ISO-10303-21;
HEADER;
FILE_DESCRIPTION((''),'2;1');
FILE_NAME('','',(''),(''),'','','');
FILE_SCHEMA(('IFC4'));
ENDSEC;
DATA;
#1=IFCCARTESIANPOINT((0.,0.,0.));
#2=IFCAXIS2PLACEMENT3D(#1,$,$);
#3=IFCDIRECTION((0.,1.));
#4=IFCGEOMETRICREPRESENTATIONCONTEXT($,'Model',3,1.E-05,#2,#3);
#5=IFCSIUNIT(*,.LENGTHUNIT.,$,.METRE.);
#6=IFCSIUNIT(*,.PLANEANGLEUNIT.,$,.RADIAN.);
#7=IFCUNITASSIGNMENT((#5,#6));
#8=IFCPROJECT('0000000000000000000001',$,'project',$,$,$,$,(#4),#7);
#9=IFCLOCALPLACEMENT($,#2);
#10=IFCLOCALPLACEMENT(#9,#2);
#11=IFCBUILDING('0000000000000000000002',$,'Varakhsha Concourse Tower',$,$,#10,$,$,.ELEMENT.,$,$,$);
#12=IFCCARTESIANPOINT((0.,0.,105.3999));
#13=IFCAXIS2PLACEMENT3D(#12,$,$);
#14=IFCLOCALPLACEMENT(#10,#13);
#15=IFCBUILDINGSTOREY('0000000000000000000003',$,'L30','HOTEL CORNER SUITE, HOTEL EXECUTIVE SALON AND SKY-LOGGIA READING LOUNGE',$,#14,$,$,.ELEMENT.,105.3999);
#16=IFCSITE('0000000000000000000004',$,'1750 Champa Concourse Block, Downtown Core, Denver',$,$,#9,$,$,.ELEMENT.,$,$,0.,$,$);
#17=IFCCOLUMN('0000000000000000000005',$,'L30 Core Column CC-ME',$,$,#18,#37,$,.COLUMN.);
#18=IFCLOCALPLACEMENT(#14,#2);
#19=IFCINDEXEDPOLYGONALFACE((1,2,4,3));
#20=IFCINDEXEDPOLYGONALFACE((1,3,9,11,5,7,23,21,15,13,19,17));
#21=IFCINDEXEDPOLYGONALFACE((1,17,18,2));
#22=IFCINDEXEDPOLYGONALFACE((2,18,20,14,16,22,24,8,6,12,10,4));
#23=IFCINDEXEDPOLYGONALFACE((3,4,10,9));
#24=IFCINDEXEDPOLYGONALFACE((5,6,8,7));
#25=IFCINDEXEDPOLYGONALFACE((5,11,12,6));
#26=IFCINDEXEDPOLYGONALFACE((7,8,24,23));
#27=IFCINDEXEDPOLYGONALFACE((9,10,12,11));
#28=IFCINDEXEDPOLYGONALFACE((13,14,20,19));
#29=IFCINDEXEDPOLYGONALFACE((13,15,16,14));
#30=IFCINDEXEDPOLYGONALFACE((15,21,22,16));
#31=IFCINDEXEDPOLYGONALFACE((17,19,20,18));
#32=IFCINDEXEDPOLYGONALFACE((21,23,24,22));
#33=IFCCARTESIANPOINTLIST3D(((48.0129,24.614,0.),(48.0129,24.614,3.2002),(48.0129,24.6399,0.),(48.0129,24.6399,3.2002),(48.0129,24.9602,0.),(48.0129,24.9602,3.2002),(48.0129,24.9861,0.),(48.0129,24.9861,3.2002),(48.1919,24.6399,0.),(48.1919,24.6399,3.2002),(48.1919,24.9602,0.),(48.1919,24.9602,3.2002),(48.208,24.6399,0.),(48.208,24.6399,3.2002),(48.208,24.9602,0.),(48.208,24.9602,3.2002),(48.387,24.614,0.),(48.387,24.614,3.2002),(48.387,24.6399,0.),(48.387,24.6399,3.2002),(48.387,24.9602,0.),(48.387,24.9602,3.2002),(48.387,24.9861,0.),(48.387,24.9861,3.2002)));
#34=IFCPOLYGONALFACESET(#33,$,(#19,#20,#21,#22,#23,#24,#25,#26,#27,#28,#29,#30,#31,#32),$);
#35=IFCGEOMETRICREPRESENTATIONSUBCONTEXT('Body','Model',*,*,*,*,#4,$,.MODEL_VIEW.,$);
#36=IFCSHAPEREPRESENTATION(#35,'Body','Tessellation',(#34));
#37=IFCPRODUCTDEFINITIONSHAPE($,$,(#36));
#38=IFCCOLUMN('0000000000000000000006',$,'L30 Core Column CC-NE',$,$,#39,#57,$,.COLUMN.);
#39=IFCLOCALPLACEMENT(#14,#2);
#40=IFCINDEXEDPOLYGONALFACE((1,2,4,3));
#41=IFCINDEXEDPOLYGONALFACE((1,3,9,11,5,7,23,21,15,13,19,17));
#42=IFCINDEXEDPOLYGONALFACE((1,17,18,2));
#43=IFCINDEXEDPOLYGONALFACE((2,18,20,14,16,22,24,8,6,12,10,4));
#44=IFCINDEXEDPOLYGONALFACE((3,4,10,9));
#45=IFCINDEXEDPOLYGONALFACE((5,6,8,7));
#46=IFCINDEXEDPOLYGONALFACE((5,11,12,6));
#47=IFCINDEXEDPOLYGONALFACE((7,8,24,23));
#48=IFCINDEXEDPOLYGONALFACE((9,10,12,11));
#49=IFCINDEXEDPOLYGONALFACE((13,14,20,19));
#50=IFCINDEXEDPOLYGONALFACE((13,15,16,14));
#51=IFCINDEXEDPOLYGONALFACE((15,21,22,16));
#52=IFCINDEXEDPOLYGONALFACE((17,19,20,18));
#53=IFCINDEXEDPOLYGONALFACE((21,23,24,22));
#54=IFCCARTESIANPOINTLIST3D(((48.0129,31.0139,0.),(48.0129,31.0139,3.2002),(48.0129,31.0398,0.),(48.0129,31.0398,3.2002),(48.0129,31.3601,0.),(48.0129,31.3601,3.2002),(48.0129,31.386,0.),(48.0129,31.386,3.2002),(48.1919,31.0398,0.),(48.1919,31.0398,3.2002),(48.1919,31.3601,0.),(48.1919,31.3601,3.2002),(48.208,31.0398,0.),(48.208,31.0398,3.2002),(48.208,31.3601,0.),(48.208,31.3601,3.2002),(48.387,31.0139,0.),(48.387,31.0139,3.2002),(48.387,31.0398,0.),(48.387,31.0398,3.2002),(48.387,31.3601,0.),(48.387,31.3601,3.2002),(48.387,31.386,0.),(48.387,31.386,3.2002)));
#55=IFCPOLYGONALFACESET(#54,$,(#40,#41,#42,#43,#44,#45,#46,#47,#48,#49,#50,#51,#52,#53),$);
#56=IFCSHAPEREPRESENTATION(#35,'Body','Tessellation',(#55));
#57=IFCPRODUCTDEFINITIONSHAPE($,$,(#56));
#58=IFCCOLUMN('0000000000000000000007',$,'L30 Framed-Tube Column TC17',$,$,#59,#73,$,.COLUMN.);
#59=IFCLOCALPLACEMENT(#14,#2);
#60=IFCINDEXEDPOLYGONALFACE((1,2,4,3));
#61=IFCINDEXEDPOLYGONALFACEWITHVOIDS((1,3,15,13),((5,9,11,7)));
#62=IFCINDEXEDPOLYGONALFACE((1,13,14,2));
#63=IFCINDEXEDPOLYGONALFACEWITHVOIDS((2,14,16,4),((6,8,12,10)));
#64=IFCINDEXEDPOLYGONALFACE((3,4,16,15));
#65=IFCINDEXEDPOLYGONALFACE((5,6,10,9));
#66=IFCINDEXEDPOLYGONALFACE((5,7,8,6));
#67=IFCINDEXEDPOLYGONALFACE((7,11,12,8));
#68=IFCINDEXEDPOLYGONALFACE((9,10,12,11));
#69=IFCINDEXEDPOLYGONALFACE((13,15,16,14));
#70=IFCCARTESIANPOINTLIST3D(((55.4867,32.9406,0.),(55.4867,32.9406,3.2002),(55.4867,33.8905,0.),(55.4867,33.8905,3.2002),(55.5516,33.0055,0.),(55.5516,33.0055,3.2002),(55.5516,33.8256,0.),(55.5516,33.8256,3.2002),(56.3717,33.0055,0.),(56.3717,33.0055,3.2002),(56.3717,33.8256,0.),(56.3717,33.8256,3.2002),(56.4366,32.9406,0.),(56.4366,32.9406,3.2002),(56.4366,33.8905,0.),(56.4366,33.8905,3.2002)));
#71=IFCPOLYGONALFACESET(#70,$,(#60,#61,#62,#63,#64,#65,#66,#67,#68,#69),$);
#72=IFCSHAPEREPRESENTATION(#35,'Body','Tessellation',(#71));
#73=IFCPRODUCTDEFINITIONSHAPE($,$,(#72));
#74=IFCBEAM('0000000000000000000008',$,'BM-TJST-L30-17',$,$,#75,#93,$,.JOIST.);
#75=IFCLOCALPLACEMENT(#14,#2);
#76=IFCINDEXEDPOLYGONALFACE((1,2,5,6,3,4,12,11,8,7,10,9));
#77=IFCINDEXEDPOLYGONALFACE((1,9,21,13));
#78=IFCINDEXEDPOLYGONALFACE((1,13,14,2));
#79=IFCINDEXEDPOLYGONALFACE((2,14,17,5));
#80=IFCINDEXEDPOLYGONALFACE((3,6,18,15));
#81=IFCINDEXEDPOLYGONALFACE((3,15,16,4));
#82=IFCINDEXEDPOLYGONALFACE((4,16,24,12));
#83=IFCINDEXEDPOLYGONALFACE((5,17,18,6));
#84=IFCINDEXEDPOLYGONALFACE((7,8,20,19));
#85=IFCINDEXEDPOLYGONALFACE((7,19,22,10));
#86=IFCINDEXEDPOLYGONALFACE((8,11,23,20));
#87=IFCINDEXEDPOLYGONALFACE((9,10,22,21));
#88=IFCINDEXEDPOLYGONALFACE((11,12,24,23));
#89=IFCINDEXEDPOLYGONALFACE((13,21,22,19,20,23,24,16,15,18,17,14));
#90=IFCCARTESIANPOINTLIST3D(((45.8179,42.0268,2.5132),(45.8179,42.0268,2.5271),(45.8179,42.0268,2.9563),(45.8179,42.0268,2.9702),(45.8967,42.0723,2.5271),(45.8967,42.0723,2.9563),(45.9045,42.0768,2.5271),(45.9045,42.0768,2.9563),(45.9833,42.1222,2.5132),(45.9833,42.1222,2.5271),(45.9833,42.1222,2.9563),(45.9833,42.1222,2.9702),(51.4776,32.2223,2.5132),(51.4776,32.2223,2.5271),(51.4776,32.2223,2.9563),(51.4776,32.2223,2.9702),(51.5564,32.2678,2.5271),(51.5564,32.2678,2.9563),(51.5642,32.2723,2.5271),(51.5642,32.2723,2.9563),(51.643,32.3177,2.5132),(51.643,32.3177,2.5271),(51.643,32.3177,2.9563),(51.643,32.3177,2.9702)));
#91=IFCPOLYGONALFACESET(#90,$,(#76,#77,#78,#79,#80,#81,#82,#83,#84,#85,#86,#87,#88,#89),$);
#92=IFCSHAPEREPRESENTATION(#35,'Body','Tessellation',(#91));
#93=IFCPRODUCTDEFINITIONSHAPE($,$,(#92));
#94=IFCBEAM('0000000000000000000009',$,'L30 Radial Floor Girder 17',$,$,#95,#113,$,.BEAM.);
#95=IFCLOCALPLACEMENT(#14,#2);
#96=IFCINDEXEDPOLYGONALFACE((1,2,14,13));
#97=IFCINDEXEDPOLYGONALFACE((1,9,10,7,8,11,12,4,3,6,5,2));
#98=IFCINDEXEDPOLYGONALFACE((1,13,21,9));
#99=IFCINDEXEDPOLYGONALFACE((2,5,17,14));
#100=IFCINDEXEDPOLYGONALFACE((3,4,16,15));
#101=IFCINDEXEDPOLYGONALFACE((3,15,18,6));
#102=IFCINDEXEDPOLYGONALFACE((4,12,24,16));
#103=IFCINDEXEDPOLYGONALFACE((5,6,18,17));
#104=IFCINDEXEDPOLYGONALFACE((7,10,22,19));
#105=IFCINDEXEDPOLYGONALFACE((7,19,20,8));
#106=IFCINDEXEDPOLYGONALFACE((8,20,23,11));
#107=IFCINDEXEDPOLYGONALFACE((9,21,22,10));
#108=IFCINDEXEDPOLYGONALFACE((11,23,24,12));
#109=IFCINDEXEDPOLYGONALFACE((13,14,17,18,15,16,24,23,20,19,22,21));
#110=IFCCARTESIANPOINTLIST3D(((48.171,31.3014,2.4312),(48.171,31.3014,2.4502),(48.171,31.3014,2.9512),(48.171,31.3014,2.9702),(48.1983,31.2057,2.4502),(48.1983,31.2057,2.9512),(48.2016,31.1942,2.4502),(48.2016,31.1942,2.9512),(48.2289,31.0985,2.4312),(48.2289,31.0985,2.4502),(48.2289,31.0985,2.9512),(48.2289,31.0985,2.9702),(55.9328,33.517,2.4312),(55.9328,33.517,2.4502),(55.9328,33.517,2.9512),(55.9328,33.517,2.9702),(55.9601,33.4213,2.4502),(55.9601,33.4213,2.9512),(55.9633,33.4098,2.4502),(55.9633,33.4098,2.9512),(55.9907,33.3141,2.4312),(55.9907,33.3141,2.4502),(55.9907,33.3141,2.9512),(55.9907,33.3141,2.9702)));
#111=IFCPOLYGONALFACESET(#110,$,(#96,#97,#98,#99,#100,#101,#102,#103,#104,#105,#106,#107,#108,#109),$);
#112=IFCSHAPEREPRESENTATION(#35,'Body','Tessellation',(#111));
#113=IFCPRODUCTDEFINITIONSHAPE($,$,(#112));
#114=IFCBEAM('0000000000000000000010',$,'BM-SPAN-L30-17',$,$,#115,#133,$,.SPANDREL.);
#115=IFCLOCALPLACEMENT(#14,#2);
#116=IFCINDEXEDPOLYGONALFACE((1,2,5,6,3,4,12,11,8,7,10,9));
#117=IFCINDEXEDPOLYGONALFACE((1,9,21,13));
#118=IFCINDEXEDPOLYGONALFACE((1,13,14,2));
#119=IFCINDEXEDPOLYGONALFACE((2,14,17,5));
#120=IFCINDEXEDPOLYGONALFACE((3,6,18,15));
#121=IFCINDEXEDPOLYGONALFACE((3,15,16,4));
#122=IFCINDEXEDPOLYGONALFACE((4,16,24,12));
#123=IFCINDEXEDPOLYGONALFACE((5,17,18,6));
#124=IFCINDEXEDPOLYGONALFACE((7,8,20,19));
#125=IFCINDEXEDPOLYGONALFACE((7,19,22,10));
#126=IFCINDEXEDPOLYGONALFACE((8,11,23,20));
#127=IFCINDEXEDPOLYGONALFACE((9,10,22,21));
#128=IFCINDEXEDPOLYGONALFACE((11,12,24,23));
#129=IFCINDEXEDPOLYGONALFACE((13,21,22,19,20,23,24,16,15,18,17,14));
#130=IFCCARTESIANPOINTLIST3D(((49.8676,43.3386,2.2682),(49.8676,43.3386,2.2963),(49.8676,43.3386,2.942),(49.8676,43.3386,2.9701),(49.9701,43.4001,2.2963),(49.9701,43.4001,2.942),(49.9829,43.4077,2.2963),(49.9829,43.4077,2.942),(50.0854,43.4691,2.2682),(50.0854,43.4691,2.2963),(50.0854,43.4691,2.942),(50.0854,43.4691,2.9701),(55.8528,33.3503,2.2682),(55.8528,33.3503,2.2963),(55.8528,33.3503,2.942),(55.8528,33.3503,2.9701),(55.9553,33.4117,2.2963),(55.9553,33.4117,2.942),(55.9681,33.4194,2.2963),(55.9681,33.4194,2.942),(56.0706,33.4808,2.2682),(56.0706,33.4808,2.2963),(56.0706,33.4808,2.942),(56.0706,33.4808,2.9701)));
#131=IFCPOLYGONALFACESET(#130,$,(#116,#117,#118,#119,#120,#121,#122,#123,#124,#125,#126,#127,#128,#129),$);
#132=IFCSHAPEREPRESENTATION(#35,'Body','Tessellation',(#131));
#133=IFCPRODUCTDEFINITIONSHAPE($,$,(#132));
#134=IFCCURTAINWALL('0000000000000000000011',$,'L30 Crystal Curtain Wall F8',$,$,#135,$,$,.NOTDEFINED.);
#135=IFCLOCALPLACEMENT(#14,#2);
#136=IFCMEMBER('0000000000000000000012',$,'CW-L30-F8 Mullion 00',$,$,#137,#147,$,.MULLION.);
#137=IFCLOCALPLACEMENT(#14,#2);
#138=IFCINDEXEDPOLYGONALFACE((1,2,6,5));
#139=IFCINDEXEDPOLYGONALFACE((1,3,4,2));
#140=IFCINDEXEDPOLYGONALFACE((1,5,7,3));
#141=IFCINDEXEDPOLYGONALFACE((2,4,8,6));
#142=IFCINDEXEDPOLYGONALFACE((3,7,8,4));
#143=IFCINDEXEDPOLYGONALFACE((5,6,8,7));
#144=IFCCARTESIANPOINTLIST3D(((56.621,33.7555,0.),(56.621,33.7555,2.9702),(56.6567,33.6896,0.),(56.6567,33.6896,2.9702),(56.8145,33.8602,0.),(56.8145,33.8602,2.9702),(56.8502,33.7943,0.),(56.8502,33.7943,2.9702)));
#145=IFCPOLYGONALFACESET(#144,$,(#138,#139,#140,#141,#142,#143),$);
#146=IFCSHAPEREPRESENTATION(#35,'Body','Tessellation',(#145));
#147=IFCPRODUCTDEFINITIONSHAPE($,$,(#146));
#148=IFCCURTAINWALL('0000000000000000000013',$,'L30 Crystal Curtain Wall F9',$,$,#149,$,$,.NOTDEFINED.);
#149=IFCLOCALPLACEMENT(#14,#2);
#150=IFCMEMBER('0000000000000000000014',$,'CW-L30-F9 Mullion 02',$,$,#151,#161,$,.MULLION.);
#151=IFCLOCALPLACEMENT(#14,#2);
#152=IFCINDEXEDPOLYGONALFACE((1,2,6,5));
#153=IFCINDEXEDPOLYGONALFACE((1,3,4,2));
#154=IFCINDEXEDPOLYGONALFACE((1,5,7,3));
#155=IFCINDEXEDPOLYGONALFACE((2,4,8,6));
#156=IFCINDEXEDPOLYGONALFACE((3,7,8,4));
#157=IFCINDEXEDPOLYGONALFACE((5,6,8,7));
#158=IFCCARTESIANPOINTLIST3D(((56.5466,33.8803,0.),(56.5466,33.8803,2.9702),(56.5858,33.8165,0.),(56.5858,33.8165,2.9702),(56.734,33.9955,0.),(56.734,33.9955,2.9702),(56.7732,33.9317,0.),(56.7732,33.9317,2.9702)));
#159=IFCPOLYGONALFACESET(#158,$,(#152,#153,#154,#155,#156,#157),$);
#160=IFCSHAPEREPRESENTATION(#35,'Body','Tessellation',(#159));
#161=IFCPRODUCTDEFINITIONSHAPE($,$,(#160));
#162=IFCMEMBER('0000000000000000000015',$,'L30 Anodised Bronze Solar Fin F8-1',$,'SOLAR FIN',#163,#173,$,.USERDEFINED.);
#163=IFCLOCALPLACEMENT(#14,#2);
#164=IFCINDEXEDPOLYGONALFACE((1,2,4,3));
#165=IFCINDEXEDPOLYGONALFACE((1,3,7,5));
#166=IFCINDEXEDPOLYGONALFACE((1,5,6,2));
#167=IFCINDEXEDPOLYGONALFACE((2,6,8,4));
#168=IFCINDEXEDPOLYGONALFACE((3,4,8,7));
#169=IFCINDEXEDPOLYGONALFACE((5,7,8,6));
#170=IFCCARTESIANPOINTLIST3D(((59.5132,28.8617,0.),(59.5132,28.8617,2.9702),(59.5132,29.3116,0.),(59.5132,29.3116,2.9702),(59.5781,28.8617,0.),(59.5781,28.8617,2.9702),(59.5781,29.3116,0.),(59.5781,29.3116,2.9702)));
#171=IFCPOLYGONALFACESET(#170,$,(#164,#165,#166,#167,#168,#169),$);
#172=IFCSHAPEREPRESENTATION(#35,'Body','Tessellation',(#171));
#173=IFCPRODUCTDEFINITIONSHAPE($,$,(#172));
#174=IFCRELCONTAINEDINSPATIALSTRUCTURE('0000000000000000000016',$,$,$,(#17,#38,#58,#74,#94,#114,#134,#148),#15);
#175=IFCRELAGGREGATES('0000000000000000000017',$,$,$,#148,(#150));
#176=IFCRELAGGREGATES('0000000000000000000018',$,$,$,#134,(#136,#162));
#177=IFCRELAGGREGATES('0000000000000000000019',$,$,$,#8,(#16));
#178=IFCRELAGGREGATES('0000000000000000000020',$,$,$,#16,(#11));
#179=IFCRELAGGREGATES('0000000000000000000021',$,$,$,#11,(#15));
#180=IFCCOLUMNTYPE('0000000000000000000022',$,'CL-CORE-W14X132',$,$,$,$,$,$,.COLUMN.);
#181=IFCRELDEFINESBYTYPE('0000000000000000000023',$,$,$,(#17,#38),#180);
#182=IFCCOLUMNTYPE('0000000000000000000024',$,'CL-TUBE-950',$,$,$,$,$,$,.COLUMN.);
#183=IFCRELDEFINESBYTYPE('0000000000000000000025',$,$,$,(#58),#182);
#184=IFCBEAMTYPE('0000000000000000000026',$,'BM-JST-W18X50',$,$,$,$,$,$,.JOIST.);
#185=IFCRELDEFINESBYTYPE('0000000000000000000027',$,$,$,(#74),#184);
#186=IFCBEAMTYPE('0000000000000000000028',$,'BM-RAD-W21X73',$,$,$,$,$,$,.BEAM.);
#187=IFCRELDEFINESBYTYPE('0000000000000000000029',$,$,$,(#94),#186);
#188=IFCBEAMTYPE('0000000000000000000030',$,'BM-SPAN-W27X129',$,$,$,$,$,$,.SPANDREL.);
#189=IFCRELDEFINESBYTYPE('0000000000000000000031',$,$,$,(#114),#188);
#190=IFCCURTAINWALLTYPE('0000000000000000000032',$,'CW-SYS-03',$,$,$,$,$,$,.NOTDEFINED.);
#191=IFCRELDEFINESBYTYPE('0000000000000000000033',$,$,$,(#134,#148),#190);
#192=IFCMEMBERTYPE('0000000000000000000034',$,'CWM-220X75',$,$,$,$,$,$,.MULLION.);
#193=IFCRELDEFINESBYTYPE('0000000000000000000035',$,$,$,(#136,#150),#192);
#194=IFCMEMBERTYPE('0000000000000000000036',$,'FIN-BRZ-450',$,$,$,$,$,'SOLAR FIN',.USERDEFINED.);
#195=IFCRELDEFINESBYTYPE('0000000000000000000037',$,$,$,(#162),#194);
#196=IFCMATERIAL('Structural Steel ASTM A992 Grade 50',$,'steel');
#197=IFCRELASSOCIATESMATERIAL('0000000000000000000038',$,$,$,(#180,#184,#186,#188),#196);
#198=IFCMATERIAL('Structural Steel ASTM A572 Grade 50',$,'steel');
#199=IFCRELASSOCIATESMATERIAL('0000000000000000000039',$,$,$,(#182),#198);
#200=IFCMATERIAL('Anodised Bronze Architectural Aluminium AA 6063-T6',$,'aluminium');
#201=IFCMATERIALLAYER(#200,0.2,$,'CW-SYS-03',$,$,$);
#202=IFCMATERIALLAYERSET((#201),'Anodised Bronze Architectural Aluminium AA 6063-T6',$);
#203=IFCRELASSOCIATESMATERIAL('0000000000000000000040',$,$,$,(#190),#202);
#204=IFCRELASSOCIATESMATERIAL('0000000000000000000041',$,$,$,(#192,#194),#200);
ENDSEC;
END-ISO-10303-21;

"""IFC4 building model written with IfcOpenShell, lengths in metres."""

from ifc_helpers import new_model, si_unit, direction, frame, origin, origin_2d, place, context, subcontext, project, spatial, rectangle, hollow_rectangle, i_section, extrude, source, transform, mapped, material, layer, layer_set, material_profile, profile_set, type_object, type_shapes, element, aggregate, save


model = new_model("IFC4")

# Units and contexts
model_context = context("Model", 3, precision=1e-05, world=origin(), true_north=direction((0.0, 1.0)))
body_context = subcontext(model_context, "Body", "Model", "MODEL_VIEW")
ifc_project = project(units=[si_unit("LENGTHUNIT", "METRE"), si_unit("PLANEANGLEUNIT", "RADIAN")], contexts=[model_context])

# Site, building, storey
site_placement = place(None, origin())
site = spatial("IfcSite", under=ifc_project, at=site_placement, Name="1750 Champa Concourse Block, Downtown Core, Denver", CompositionType="ELEMENT", RefElevation=0.0)
building_placement = place(site_placement, origin())
building = spatial("IfcBuilding", under=site, at=building_placement, Name="Varakhsha Concourse Tower", CompositionType="ELEMENT")
storey_placement = place(building_placement, frame((0.0, 0.0, 105.3999)))
storey = spatial("IfcBuildingStorey", under=building, at=storey_placement, Name="L30", Description="HOTEL CORNER SUITE, HOTEL EXECUTIVE SALON AND SKY-LOGGIA READING LOUNGE", CompositionType="ELEMENT", Elevation=105.3999)

# Columns
ifc_material_1 = material(Name="Structural Steel ASTM A992 Grade 50", Category="steel")
ifc_material_profile_1 = material_profile(ifc_material_1, i_section(OverallWidth=0.374, OverallDepth=0.3721, WebThickness=0.0161, FlangeThickness=0.0259, at=origin_2d()), Name="W14X132")
ifc_profile_set_1 = profile_set([ifc_material_profile_1], Name="Structural Steel ASTM A992 Grade 50")
column_type_1 = type_object("IfcColumnType", Name="CL-CORE-W14X132", PredefinedType="COLUMN", material=ifc_profile_set_1)
for number, where, z_axis, x_axis, name in (
    (1, (48.2, 24.8, 0.0), (0.0, 0.0, 1.0), (1.0, 0.0, 0.0), "L30 Core Column CC-ME"),
    (2, (48.2, 31.2, 0.0), (0.0, 0.0, 1.0), (1.0, 0.0, 0.0), "L30 Core Column CC-NE"),
):
    element("IfcColumn", number, at=place(storey_placement, frame(where, z_axis=z_axis, x_axis=x_axis)), inside=storey, type_object=column_type_1, Name=name, PredefinedType="COLUMN", context=body_context, shape_type="SweptSolid", body=[
        extrude(i_section(OverallWidth=0.374, OverallDepth=0.3721, WebThickness=0.0161, FlangeThickness=0.0259, at=origin_2d()), origin(), (0.0, 0.0, 1.0), 3.2002),
    ])
ifc_material_2 = material(Name="Structural Steel ASTM A572 Grade 50", Category="steel")
ifc_material_profile_2 = material_profile(ifc_material_2, hollow_rectangle(XDim=0.95, YDim=0.95, WallThickness=0.0649, at=origin_2d()), Name="BOX 950x950x65")
ifc_profile_set_2 = profile_set([ifc_material_profile_2], Name="Structural Steel ASTM A572 Grade 50")
column_type_2 = type_object("IfcColumnType", Name="CL-TUBE-950", PredefinedType="COLUMN", material=ifc_profile_set_2)
column_placement = place(storey_placement, frame((55.9617, 33.4155, 0.0), z_axis=(0.0, 0.0, 1.0), x_axis=(1.0, 0.0, 0.0)))
element("IfcColumn", 3, at=column_placement, inside=storey, type_object=column_type_2, Name="L30 Framed-Tube Column TC17", PredefinedType="COLUMN", context=body_context, shape_type="SweptSolid", body=[
    extrude(hollow_rectangle(XDim=0.95, YDim=0.95, WallThickness=0.0649, at=origin_2d()), origin(), (0.0, 0.0, 1.0), 3.2002),
])

# Beams
ifc_material_profile_3 = material_profile(ifc_material_1, i_section(OverallWidth=0.1909, OverallDepth=0.457, WebThickness=0.009, FlangeThickness=0.0139, at=origin_2d()), Name="W18X50")
ifc_profile_set_3 = profile_set([ifc_material_profile_3], Name="Structural Steel ASTM A992 Grade 50")
beam_type_1 = type_object("IfcBeamType", Name="BM-JST-W18X50", PredefinedType="JOIST", material=ifc_profile_set_3)
beam_1_placement = place(storey_placement, frame((51.5603, 32.27, 2.7417), z_axis=(-0.499938, 0.866061, 0.0), x_axis=(-0.866061, -0.499938, 0.0)))
element("IfcBeam", 4, at=beam_1_placement, inside=storey, type_object=beam_type_1, Name="BM-TJST-L30-17", PredefinedType="JOIST", context=body_context, shape_type="SweptSolid", body=[
    extrude(i_section(OverallWidth=0.1909, OverallDepth=0.457, WebThickness=0.009, FlangeThickness=0.0139, at=origin_2d()), origin(), (0.0, 0.0, 1.0), 11.3208),
])
ifc_material_profile_4 = material_profile(ifc_material_1, i_section(OverallWidth=0.2109, OverallDepth=0.5391, WebThickness=0.012, FlangeThickness=0.019, at=origin_2d()), Name="W21X73")
ifc_profile_set_4 = profile_set([ifc_material_profile_4], Name="Structural Steel ASTM A992 Grade 50")
beam_type_2 = type_object("IfcBeamType", Name="BM-RAD-W21X73", PredefinedType="BEAM", material=ifc_profile_set_4)
beam_2_placement = place(storey_placement, frame((48.2, 31.2, 2.7007), z_axis=(0.961591, 0.274485, 0.0), x_axis=(-0.274485, 0.961591, 0.0)))
element("IfcBeam", 5, at=beam_2_placement, inside=storey, type_object=beam_type_2, Name="L30 Radial Floor Girder 17", PredefinedType="BEAM", context=body_context, shape_type="SweptSolid", body=[
    extrude(i_section(OverallWidth=0.2109, OverallDepth=0.5391, WebThickness=0.012, FlangeThickness=0.019, at=origin_2d()), origin(), (0.0, 0.0, 1.0), 8.0718),
])
ifc_material_profile_5 = material_profile(ifc_material_1, i_section(OverallWidth=0.2539, OverallDepth=0.7019, WebThickness=0.0149, FlangeThickness=0.0281, at=origin_2d()), Name="W27X129")
ifc_profile_set_5 = profile_set([ifc_material_profile_5], Name="Structural Steel ASTM A992 Grade 50")
beam_type_3 = type_object("IfcBeamType", Name="BM-SPAN-W27X129", PredefinedType="SPANDREL", material=ifc_profile_set_5)
beam_3_placement = place(storey_placement, frame((55.9617, 33.4155, 2.6191), z_axis=(-0.513999, 0.857791, 0.0), x_axis=(-0.857791, -0.513999, 0.0)))
element("IfcBeam", 6, at=beam_3_placement, inside=storey, type_object=beam_type_3, Name="BM-SPAN-L30-17", PredefinedType="SPANDREL", context=body_context, shape_type="SweptSolid", body=[
    extrude(i_section(OverallWidth=0.2539, OverallDepth=0.7019, WebThickness=0.0149, FlangeThickness=0.0281, at=origin_2d()), origin(), (0.0, 0.0, 1.0), 11.6443),
])

# Curtain walls, members
ifc_material_3 = material(Name="Anodised Bronze Architectural Aluminium AA 6063-T6", Category="aluminium")
ifc_layer_1 = layer(ifc_material_3, 0.2, Name="CW-SYS-03")
ifc_layer_set_1 = layer_set([ifc_layer_1], Name="Anodised Bronze Architectural Aluminium AA 6063-T6")
curtain_wall_type = type_object("IfcCurtainWallType", Name="CW-SYS-03", PredefinedType="NOTDEFINED", material=ifc_layer_set_1)
curtain_wall_1_placement = place(storey_placement, origin())
curtain_wall_1 = element("IfcCurtainWall", 7, at=curtain_wall_1_placement, inside=storey, type_object=curtain_wall_type, Name="L30 Crystal Curtain Wall F8", PredefinedType="NOTDEFINED")
ifc_material_profile_6 = material_profile(ifc_material_3, rectangle(XDim=0.075, YDim=0.22, at=origin_2d()), Name="CWM-220X75")
ifc_profile_set_6 = profile_set([ifc_material_profile_6], Name="Anodised Bronze Architectural Aluminium AA 6063-T6")
member_type_1 = type_object("IfcMemberType", Name="CWM-220X75", PredefinedType="MULLION", material=ifc_profile_set_6)
shared_shape_1 = source(origin(), body_context, "Body", "SweptSolid", [
    extrude(rectangle(XDim=0.075, YDim=0.22, at=origin_2d()), origin(), (0.0, 0.0, 1.0), 2.9702),
])
type_shapes(member_type_1, [shared_shape_1])
member_1_placement = place(storey_placement, frame((56.7356, 33.7749, 0.0), z_axis=(0.0, 0.0, 1.0), x_axis=(0.475959, -0.879468, 0.0)))
member_1 = element("IfcMember", 8, at=member_1_placement, type_object=member_type_1, Name="CW-L30-F8 Mullion 00", PredefinedType="MULLION", context=body_context, shape_type="MappedRepresentation", body=[
    mapped(shared_shape_1, transform((0.0, 0.0, 0.0), scale=1.0)),
])
curtain_wall_2_placement = place(storey_placement, origin())
curtain_wall_2 = element("IfcCurtainWall", 9, at=curtain_wall_2_placement, inside=storey, type_object=curtain_wall_type, Name="L30 Crystal Curtain Wall F9", PredefinedType="NOTDEFINED")
member_2_placement = place(storey_placement, frame((56.6599, 33.906, 0.0), z_axis=(0.0, 0.0, 1.0), x_axis=(0.523665, -0.851924, 0.0)))
member_2 = element("IfcMember", 10, at=member_2_placement, type_object=member_type_1, Name="CW-L30-F9 Mullion 02", PredefinedType="MULLION", context=body_context, shape_type="MappedRepresentation", body=[
    mapped(shared_shape_1, transform((0.0, 0.0, 0.0), scale=1.0)),
])
aggregate(curtain_wall_2, [member_2])

# Member
ifc_material_profile_7 = material_profile(ifc_material_3, rectangle(XDim=0.0649, YDim=0.45, at=origin_2d()), Name="FIN-BRZ-450")
ifc_profile_set_7 = profile_set([ifc_material_profile_7], Name="Anodised Bronze Architectural Aluminium AA 6063-T6")
member_type_2 = type_object("IfcMemberType", Name="FIN-BRZ-450", ElementType="SOLAR FIN", PredefinedType="USERDEFINED", material=ifc_profile_set_7)
shared_shape_2 = source(origin(), body_context, "Body", "SweptSolid", [
    extrude(rectangle(XDim=0.0649, YDim=0.45, at=origin_2d()), origin(), (0.0, 0.0, 1.0), 2.9702),
])
type_shapes(member_type_2, [shared_shape_2])
member_3_placement = place(storey_placement, frame((59.5457, 29.0867, 0.0), z_axis=(0.0, 0.0, 1.0), x_axis=(1.0, 0.0, 0.0)))
member_3 = element("IfcMember", 11, at=member_3_placement, type_object=member_type_2, Name="L30 Anodised Bronze Solar Fin F8-1", ObjectType="SOLAR FIN", PredefinedType="USERDEFINED", context=body_context, shape_type="MappedRepresentation", body=[
    mapped(shared_shape_2, transform((0.0, 0.0, 0.0), scale=1.0)),
])

aggregate(curtain_wall_1, [member_1, member_3])

save(model, "model.ifc")
